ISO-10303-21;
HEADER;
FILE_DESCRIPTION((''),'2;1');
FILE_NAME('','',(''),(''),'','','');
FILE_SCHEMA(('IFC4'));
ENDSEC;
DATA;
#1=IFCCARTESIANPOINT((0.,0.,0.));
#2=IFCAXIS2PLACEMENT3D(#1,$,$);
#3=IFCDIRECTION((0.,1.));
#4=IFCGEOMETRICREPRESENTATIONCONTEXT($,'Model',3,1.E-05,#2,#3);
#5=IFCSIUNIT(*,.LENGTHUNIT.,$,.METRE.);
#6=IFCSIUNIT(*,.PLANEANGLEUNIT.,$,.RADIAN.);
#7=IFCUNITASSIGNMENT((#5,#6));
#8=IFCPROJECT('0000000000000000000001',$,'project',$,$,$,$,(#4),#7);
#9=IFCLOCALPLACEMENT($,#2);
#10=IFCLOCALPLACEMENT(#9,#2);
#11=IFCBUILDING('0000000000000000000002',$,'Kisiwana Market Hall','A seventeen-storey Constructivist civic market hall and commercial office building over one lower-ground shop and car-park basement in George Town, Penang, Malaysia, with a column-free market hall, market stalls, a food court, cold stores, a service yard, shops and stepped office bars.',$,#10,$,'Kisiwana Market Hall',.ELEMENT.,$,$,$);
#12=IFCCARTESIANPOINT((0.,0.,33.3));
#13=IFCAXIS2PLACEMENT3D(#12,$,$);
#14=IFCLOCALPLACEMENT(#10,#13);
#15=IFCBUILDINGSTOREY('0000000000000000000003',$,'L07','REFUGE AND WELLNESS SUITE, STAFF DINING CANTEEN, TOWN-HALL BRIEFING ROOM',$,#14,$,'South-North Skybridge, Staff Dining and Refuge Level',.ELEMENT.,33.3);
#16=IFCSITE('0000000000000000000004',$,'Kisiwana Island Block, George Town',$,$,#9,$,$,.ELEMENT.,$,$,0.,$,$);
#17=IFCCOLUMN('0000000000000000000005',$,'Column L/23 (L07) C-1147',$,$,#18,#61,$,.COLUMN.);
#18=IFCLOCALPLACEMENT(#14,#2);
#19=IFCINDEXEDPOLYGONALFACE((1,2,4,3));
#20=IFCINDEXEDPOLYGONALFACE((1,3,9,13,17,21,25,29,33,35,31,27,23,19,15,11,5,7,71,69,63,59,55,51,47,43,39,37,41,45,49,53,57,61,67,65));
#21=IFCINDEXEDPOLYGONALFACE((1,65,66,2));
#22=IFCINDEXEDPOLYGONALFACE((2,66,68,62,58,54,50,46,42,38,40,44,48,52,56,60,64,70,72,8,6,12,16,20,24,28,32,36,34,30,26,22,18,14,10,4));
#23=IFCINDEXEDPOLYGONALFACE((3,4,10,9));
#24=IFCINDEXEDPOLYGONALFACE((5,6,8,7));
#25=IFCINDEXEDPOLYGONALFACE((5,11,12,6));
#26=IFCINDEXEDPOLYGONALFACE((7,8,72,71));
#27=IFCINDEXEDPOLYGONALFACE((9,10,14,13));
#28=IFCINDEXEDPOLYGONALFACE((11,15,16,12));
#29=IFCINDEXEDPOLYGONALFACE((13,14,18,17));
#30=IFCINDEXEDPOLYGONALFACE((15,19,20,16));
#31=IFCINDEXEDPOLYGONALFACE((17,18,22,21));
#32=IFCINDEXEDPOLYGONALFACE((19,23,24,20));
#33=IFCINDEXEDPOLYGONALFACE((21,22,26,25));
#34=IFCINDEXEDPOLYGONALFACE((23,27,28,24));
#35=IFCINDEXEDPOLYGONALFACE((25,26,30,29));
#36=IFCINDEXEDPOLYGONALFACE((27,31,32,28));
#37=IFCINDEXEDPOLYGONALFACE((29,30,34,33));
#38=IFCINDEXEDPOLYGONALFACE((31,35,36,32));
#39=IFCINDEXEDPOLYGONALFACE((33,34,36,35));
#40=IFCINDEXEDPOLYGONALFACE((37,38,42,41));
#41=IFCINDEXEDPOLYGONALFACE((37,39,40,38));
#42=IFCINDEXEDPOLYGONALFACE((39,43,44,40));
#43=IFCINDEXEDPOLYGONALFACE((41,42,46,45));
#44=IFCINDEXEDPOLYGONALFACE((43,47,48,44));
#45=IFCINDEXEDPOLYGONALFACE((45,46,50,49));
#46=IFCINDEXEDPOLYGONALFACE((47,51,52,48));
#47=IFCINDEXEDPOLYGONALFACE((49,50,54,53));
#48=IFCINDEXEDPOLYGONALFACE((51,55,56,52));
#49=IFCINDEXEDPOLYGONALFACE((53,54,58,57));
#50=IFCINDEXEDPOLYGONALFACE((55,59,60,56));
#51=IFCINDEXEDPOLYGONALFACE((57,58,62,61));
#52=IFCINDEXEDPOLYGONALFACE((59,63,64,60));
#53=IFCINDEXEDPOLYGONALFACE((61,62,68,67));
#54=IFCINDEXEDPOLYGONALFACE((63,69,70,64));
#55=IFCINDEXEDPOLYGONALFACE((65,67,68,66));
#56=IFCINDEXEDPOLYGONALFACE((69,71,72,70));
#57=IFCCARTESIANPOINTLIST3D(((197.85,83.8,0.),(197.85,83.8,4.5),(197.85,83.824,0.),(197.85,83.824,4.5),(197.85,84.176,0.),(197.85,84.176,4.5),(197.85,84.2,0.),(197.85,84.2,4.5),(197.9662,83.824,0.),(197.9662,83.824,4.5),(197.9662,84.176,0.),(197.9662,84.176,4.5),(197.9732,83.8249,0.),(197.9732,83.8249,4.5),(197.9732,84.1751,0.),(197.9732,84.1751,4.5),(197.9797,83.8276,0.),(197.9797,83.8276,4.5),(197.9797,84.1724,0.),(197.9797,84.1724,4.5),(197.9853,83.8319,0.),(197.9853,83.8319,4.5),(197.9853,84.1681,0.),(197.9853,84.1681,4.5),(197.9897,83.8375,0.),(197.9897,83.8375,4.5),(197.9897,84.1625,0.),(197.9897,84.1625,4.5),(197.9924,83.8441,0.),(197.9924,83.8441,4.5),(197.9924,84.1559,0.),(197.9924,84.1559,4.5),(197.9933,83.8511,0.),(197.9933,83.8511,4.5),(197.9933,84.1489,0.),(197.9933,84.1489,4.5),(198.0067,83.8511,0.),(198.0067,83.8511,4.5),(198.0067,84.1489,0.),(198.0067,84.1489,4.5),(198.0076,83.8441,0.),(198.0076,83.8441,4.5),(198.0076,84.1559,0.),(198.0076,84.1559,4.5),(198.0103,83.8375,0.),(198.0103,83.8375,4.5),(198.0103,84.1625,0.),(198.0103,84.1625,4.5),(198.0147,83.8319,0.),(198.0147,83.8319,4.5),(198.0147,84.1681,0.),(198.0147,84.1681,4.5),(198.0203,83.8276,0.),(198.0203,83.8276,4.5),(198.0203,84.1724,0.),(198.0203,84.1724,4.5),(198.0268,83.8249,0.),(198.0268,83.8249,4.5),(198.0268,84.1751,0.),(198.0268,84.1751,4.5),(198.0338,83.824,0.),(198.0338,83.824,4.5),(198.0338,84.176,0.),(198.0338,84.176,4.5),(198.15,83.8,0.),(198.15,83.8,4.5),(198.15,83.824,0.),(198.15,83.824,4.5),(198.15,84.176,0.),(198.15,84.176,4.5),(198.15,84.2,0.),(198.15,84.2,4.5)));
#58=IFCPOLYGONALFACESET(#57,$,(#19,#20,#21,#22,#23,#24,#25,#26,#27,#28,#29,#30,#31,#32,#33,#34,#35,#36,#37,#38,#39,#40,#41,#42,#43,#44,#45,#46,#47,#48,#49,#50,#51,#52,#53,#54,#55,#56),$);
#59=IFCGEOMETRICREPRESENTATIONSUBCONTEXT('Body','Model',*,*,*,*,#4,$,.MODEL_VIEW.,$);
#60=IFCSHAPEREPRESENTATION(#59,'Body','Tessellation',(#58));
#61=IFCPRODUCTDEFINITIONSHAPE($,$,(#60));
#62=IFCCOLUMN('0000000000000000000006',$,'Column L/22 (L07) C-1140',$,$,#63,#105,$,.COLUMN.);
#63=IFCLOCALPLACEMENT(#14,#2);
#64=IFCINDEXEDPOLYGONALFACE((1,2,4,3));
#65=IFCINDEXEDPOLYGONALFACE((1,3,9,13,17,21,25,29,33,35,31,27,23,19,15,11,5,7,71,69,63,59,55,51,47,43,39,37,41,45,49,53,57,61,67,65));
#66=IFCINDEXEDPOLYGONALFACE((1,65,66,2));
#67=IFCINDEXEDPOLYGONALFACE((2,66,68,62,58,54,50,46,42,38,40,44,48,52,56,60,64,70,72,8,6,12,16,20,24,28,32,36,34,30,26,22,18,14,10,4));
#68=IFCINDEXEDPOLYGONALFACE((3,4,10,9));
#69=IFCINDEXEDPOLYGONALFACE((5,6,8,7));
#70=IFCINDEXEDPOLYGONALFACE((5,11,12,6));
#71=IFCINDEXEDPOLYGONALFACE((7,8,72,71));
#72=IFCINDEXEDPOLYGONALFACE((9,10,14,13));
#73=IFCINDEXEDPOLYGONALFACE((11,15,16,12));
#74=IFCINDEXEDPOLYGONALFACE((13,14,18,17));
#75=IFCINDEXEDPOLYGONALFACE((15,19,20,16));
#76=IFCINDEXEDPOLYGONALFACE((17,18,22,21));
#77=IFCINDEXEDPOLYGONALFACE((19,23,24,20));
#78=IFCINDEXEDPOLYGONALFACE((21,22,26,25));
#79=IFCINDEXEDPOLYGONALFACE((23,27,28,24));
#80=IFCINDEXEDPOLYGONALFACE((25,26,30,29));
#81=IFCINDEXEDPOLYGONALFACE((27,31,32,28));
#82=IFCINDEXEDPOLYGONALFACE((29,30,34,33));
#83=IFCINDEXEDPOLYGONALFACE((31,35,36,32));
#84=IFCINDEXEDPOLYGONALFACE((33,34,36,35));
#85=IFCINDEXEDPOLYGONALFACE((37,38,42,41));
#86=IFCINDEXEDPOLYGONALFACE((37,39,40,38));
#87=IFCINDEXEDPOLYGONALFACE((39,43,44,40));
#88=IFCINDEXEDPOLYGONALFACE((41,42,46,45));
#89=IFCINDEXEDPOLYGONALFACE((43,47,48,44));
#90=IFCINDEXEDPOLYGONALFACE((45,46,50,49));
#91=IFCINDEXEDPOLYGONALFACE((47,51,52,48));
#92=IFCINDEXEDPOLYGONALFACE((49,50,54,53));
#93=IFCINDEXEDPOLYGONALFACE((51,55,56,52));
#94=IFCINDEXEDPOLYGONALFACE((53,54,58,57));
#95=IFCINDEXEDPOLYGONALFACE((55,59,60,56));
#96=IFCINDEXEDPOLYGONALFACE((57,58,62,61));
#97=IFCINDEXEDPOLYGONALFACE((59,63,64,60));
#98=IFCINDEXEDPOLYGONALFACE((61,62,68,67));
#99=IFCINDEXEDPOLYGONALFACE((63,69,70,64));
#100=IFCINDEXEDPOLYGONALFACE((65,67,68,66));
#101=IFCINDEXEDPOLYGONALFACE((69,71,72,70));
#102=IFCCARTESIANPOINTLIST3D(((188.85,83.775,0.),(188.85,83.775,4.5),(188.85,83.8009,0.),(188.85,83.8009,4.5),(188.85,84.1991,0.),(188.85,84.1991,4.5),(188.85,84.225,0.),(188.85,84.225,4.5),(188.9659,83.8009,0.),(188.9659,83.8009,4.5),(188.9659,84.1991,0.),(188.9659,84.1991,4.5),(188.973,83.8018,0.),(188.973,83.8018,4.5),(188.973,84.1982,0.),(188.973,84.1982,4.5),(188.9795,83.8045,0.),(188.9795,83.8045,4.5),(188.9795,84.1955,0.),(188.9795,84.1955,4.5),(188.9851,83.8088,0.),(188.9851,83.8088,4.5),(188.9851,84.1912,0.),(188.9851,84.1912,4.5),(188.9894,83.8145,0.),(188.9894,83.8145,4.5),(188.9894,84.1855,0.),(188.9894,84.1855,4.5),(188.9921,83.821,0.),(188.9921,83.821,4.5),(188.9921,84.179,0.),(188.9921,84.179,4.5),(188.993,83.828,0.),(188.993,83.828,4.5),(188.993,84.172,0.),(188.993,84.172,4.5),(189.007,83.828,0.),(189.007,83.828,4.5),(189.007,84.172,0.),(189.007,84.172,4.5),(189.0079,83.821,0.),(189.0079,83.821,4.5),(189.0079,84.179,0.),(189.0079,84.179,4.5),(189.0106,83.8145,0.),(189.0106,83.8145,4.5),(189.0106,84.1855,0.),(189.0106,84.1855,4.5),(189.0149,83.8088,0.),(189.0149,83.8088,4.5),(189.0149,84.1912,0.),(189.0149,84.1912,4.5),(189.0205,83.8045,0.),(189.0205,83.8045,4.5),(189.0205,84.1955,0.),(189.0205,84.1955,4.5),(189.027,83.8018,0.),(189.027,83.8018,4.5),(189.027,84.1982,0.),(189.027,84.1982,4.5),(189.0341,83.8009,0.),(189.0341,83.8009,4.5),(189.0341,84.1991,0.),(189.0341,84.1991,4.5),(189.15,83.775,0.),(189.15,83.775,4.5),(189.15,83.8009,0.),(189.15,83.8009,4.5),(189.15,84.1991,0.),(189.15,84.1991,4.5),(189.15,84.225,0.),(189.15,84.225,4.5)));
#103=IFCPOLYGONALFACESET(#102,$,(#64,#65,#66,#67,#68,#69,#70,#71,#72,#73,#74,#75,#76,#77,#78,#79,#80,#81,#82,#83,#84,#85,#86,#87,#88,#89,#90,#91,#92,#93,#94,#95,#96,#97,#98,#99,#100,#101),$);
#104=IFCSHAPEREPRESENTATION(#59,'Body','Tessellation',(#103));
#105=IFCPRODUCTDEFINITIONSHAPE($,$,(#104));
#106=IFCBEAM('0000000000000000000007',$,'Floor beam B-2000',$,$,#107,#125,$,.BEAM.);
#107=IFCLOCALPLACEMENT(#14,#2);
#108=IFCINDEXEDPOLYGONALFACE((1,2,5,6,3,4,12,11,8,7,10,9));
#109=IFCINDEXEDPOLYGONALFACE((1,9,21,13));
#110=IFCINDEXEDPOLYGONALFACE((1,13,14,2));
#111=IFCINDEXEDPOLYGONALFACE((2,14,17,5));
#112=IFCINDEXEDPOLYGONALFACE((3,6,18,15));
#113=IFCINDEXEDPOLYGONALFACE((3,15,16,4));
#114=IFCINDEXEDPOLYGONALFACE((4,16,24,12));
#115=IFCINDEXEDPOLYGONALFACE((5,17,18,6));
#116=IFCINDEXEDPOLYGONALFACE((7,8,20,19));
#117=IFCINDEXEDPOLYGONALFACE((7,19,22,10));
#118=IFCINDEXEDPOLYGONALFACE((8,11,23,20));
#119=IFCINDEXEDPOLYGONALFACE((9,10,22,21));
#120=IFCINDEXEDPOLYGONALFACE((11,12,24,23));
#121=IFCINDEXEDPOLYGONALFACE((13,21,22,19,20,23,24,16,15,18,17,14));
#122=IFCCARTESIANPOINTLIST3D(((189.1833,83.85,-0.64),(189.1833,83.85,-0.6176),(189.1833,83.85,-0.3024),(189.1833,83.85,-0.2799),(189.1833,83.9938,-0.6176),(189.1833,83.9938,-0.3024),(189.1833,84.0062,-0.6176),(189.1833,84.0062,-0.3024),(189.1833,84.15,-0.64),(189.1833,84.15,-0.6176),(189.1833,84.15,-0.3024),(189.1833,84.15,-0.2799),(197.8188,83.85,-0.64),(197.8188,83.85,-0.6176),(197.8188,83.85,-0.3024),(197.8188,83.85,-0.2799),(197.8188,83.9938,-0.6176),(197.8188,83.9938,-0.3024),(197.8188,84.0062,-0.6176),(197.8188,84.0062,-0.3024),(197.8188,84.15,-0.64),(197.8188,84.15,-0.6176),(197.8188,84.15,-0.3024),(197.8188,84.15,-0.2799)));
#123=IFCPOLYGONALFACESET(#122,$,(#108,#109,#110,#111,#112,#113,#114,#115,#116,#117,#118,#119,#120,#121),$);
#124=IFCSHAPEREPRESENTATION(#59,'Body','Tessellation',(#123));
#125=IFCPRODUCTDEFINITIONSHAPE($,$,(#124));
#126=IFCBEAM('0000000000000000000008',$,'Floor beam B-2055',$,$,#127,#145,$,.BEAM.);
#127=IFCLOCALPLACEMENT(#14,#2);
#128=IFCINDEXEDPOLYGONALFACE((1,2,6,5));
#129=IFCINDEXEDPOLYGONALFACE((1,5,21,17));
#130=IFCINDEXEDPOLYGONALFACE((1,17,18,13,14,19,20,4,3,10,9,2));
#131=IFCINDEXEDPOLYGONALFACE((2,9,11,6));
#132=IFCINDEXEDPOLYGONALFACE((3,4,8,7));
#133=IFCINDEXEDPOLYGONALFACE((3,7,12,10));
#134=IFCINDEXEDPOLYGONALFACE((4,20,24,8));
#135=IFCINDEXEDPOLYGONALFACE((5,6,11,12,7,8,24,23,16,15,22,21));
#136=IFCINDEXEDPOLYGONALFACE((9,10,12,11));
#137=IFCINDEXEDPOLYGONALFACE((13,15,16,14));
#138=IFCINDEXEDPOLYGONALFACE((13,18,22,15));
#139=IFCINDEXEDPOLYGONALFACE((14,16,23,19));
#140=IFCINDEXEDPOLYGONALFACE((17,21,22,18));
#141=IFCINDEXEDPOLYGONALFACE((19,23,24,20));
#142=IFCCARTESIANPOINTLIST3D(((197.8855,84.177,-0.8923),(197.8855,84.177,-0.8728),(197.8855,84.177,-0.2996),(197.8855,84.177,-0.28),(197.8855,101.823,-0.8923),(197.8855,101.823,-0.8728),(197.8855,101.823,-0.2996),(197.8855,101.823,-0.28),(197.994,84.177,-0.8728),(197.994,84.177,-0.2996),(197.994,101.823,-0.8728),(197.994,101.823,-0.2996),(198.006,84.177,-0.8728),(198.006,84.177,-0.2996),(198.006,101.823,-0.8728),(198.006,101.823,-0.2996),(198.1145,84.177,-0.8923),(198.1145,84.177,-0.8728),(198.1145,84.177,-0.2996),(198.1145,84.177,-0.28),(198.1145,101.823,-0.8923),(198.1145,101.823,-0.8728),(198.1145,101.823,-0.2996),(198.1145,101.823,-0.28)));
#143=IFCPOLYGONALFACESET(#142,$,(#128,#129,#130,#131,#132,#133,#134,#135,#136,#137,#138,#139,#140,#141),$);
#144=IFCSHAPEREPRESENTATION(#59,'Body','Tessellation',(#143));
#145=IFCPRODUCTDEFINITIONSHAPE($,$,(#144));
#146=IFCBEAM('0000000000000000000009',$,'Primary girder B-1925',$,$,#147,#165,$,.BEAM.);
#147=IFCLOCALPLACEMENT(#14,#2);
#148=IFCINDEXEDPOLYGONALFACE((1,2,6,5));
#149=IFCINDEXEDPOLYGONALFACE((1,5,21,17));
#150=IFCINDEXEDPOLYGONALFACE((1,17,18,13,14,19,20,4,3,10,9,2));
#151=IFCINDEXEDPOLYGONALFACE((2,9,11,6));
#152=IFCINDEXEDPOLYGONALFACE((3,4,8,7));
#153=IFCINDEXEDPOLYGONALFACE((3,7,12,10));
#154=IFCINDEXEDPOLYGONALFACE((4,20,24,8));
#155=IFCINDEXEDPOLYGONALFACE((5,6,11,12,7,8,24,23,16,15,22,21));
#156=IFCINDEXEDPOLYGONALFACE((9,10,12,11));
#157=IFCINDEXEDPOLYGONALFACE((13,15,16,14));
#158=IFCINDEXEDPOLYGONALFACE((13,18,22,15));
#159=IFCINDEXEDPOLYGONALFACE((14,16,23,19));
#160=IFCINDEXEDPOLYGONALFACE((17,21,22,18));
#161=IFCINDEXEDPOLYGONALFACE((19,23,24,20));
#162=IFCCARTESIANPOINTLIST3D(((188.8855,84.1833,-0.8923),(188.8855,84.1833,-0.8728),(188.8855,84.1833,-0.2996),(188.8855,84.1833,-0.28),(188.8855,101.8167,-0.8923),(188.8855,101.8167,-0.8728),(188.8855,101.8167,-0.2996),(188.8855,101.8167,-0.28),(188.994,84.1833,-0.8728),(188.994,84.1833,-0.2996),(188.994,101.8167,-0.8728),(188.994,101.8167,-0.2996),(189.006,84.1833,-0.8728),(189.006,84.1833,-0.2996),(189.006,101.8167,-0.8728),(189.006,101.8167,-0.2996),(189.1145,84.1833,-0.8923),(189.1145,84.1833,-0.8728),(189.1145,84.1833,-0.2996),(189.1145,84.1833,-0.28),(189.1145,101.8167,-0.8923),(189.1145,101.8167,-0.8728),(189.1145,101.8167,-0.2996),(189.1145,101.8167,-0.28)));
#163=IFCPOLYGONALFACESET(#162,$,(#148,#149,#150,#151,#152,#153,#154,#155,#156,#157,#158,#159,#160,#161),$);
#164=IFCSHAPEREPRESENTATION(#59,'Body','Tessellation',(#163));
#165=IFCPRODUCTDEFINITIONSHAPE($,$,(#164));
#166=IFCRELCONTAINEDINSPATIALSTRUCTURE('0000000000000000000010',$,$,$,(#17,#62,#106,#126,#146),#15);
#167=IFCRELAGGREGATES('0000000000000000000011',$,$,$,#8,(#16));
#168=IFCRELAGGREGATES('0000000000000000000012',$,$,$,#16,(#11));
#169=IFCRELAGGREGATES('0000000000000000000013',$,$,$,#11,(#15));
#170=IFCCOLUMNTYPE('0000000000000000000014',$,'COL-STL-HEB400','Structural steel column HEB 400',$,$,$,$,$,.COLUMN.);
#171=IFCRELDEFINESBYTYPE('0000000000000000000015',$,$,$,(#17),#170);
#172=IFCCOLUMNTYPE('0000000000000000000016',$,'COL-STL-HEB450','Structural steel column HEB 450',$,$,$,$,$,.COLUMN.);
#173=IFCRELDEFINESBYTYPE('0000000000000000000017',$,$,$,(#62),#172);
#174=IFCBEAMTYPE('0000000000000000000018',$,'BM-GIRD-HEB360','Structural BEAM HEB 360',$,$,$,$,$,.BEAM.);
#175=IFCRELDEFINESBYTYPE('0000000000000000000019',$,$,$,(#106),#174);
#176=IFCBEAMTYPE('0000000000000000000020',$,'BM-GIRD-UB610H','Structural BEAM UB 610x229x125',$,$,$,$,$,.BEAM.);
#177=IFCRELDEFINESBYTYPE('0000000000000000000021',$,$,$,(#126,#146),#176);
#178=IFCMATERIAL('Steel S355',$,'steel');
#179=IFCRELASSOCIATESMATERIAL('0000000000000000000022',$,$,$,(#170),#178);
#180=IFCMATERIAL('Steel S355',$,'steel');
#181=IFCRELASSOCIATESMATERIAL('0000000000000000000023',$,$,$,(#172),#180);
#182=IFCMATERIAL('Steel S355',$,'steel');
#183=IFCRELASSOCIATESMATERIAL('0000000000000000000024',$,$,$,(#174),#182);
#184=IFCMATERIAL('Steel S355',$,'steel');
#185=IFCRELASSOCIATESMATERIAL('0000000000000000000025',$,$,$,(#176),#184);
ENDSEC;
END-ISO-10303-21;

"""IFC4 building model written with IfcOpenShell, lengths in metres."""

from ifc_helpers import new_model, si_unit, direction, frame, origin, origin_2d, place, context, subcontext, project, spatial, i_section, extrude, material, material_profile, profile_set, type_object, element, save


model = new_model("IFC4")

# Units and contexts
model_context = context("Model", 3, precision=1e-05, world=origin(), true_north=direction((0.0, 1.0)))
body_context = subcontext(model_context, "Body", "Model", "MODEL_VIEW")
ifc_project = project(units=[si_unit("LENGTHUNIT", "METRE"), si_unit("PLANEANGLEUNIT", "RADIAN")], contexts=[model_context])

# Site, building, storey
site_placement = place(None, origin())
site = spatial("IfcSite", under=ifc_project, at=site_placement, Name="Kisiwana Island Block, George Town", CompositionType="ELEMENT", RefElevation=0.0)
building_placement = place(site_placement, origin())
building = spatial("IfcBuilding", under=site, at=building_placement, Name="Kisiwana Market Hall", Description="A seventeen-storey Constructivist civic market hall and commercial office building over one lower-ground shop and car-park basement in George Town, Penang, Malaysia, with a column-free market hall, market stalls, a food court, cold stores, a service yard, shops and stepped office bars.", LongName="Kisiwana Market Hall", CompositionType="ELEMENT")
storey_placement = place(building_placement, frame((0.0, 0.0, 33.3)))
storey = spatial("IfcBuildingStorey", under=building, at=storey_placement, Name="L07", Description="REFUGE AND WELLNESS SUITE, STAFF DINING CANTEEN, TOWN-HALL BRIEFING ROOM", LongName="South-North Skybridge, Staff Dining and Refuge Level", CompositionType="ELEMENT", Elevation=33.3)

# Columns
ifc_material_1 = material(Name="Steel S355", Category="steel")
ifc_material_profile_1 = material_profile(ifc_material_1, i_section(OverallWidth=0.3, OverallDepth=0.3999, WebThickness=0.0134, FlangeThickness=0.0239, FilletRadius=0.0271, at=origin_2d()), Name="HEB 400")
ifc_profile_set_1 = profile_set([ifc_material_profile_1], Name="Steel S355")
column_type_1 = type_object("IfcColumnType", Name="COL-STL-HEB400", Description="Structural steel column HEB 400", PredefinedType="COLUMN", material=ifc_profile_set_1)
column_1_placement = place(storey_placement, frame((198.0, 84.0, 0.0), z_axis=(0.0, 0.0, 1.0), x_axis=(1.0, 0.0, 0.0)))
element("IfcColumn", 1, at=column_1_placement, inside=storey, type_object=column_type_1, Name="Column L/23 (L07) C-1147", PredefinedType="COLUMN", context=body_context, shape_type="SweptSolid", body=[
    extrude(i_section(OverallWidth=0.3, OverallDepth=0.3999, WebThickness=0.0134, FlangeThickness=0.0239, FilletRadius=0.0271, at=origin_2d()), origin(), (0.0, 0.0, 1.0), 4.5),
])
ifc_material_2 = material(Name="Steel S355", Category="steel")
ifc_material_profile_2 = material_profile(ifc_material_2, i_section(OverallWidth=0.3, OverallDepth=0.45, WebThickness=0.0139, FlangeThickness=0.0259, FilletRadius=0.0271, at=origin_2d()), Name="HEB 450")
ifc_profile_set_2 = profile_set([ifc_material_profile_2], Name="Steel S355")
column_type_2 = type_object("IfcColumnType", Name="COL-STL-HEB450", Description="Structural steel column HEB 450", PredefinedType="COLUMN", material=ifc_profile_set_2)
column_2_placement = place(storey_placement, frame((189.0, 84.0, 0.0), z_axis=(0.0, 0.0, 1.0), x_axis=(1.0, 0.0, 0.0)))
element("IfcColumn", 2, at=column_2_placement, inside=storey, type_object=column_type_2, Name="Column L/22 (L07) C-1140", PredefinedType="COLUMN", context=body_context, shape_type="SweptSolid", body=[
    extrude(i_section(OverallWidth=0.3, OverallDepth=0.45, WebThickness=0.0139, FlangeThickness=0.0259, FilletRadius=0.0271, at=origin_2d()), origin(), (0.0, 0.0, 1.0), 4.5),
])

# Beams
ifc_material_3 = material(Name="Steel S355", Category="steel")
ifc_material_profile_3 = material_profile(ifc_material_3, i_section(OverallWidth=0.3, OverallDepth=0.3601, WebThickness=0.0125, FlangeThickness=0.0225, at=origin_2d()), Name="HEB 360")
ifc_profile_set_3 = profile_set([ifc_material_profile_3], Name="Steel S355")
beam_type_1 = type_object("IfcBeamType", Name="BM-GIRD-HEB360", Description="Structural BEAM HEB 360", PredefinedType="BEAM", material=ifc_profile_set_3)
beam_1_placement = place(storey_placement, frame((189.1833, 84.0, -0.46), z_axis=(1.0, 0.0, 0.0), x_axis=(0.0, 1.0, 0.0)))
element("IfcBeam", 3, at=beam_1_placement, inside=storey, type_object=beam_type_1, Name="Floor beam B-2000", PredefinedType="BEAM", context=body_context, shape_type="SweptSolid", body=[
    extrude(i_section(OverallWidth=0.3, OverallDepth=0.3601, WebThickness=0.0125, FlangeThickness=0.0225, at=origin_2d()), origin(), (0.0, 0.0, 1.0), 8.6355),
])
ifc_material_4 = material(Name="Steel S355", Category="steel")
ifc_material_profile_4 = material_profile(ifc_material_4, i_section(OverallWidth=0.229, OverallDepth=0.6123, WebThickness=0.012, FlangeThickness=0.0195, at=origin_2d()), Name="UB 610x229x125")
ifc_profile_set_4 = profile_set([ifc_material_profile_4], Name="Steel S355")
beam_type_2 = type_object("IfcBeamType", Name="BM-GIRD-UB610H", Description="Structural BEAM UB 610x229x125", PredefinedType="BEAM", material=ifc_profile_set_4)
beam_2_placement = place(storey_placement, frame((198.0, 84.177, -0.5862), z_axis=(0.0, 1.0, 0.0), x_axis=(-1.0, 0.0, 0.0)))
element("IfcBeam", 4, at=beam_2_placement, inside=storey, type_object=beam_type_2, Name="Floor beam B-2055", PredefinedType="BEAM", context=body_context, shape_type="SweptSolid", body=[
    extrude(i_section(OverallWidth=0.229, OverallDepth=0.6123, WebThickness=0.012, FlangeThickness=0.0195, at=origin_2d()), origin(), (0.0, 0.0, 1.0), 17.646),
])
beam_3_placement = place(storey_placement, frame((189.0, 84.1833, -0.5862), z_axis=(0.0, 1.0, 0.0), x_axis=(-1.0, 0.0, 0.0)))
element("IfcBeam", 5, at=beam_3_placement, inside=storey, type_object=beam_type_2, Name="Primary girder B-1925", PredefinedType="BEAM", context=body_context, shape_type="SweptSolid", body=[
    extrude(i_section(OverallWidth=0.229, OverallDepth=0.6123, WebThickness=0.012, FlangeThickness=0.0195, at=origin_2d()), origin(), (0.0, 0.0, 1.0), 17.6333),
])

save(model, "model.ifc")
